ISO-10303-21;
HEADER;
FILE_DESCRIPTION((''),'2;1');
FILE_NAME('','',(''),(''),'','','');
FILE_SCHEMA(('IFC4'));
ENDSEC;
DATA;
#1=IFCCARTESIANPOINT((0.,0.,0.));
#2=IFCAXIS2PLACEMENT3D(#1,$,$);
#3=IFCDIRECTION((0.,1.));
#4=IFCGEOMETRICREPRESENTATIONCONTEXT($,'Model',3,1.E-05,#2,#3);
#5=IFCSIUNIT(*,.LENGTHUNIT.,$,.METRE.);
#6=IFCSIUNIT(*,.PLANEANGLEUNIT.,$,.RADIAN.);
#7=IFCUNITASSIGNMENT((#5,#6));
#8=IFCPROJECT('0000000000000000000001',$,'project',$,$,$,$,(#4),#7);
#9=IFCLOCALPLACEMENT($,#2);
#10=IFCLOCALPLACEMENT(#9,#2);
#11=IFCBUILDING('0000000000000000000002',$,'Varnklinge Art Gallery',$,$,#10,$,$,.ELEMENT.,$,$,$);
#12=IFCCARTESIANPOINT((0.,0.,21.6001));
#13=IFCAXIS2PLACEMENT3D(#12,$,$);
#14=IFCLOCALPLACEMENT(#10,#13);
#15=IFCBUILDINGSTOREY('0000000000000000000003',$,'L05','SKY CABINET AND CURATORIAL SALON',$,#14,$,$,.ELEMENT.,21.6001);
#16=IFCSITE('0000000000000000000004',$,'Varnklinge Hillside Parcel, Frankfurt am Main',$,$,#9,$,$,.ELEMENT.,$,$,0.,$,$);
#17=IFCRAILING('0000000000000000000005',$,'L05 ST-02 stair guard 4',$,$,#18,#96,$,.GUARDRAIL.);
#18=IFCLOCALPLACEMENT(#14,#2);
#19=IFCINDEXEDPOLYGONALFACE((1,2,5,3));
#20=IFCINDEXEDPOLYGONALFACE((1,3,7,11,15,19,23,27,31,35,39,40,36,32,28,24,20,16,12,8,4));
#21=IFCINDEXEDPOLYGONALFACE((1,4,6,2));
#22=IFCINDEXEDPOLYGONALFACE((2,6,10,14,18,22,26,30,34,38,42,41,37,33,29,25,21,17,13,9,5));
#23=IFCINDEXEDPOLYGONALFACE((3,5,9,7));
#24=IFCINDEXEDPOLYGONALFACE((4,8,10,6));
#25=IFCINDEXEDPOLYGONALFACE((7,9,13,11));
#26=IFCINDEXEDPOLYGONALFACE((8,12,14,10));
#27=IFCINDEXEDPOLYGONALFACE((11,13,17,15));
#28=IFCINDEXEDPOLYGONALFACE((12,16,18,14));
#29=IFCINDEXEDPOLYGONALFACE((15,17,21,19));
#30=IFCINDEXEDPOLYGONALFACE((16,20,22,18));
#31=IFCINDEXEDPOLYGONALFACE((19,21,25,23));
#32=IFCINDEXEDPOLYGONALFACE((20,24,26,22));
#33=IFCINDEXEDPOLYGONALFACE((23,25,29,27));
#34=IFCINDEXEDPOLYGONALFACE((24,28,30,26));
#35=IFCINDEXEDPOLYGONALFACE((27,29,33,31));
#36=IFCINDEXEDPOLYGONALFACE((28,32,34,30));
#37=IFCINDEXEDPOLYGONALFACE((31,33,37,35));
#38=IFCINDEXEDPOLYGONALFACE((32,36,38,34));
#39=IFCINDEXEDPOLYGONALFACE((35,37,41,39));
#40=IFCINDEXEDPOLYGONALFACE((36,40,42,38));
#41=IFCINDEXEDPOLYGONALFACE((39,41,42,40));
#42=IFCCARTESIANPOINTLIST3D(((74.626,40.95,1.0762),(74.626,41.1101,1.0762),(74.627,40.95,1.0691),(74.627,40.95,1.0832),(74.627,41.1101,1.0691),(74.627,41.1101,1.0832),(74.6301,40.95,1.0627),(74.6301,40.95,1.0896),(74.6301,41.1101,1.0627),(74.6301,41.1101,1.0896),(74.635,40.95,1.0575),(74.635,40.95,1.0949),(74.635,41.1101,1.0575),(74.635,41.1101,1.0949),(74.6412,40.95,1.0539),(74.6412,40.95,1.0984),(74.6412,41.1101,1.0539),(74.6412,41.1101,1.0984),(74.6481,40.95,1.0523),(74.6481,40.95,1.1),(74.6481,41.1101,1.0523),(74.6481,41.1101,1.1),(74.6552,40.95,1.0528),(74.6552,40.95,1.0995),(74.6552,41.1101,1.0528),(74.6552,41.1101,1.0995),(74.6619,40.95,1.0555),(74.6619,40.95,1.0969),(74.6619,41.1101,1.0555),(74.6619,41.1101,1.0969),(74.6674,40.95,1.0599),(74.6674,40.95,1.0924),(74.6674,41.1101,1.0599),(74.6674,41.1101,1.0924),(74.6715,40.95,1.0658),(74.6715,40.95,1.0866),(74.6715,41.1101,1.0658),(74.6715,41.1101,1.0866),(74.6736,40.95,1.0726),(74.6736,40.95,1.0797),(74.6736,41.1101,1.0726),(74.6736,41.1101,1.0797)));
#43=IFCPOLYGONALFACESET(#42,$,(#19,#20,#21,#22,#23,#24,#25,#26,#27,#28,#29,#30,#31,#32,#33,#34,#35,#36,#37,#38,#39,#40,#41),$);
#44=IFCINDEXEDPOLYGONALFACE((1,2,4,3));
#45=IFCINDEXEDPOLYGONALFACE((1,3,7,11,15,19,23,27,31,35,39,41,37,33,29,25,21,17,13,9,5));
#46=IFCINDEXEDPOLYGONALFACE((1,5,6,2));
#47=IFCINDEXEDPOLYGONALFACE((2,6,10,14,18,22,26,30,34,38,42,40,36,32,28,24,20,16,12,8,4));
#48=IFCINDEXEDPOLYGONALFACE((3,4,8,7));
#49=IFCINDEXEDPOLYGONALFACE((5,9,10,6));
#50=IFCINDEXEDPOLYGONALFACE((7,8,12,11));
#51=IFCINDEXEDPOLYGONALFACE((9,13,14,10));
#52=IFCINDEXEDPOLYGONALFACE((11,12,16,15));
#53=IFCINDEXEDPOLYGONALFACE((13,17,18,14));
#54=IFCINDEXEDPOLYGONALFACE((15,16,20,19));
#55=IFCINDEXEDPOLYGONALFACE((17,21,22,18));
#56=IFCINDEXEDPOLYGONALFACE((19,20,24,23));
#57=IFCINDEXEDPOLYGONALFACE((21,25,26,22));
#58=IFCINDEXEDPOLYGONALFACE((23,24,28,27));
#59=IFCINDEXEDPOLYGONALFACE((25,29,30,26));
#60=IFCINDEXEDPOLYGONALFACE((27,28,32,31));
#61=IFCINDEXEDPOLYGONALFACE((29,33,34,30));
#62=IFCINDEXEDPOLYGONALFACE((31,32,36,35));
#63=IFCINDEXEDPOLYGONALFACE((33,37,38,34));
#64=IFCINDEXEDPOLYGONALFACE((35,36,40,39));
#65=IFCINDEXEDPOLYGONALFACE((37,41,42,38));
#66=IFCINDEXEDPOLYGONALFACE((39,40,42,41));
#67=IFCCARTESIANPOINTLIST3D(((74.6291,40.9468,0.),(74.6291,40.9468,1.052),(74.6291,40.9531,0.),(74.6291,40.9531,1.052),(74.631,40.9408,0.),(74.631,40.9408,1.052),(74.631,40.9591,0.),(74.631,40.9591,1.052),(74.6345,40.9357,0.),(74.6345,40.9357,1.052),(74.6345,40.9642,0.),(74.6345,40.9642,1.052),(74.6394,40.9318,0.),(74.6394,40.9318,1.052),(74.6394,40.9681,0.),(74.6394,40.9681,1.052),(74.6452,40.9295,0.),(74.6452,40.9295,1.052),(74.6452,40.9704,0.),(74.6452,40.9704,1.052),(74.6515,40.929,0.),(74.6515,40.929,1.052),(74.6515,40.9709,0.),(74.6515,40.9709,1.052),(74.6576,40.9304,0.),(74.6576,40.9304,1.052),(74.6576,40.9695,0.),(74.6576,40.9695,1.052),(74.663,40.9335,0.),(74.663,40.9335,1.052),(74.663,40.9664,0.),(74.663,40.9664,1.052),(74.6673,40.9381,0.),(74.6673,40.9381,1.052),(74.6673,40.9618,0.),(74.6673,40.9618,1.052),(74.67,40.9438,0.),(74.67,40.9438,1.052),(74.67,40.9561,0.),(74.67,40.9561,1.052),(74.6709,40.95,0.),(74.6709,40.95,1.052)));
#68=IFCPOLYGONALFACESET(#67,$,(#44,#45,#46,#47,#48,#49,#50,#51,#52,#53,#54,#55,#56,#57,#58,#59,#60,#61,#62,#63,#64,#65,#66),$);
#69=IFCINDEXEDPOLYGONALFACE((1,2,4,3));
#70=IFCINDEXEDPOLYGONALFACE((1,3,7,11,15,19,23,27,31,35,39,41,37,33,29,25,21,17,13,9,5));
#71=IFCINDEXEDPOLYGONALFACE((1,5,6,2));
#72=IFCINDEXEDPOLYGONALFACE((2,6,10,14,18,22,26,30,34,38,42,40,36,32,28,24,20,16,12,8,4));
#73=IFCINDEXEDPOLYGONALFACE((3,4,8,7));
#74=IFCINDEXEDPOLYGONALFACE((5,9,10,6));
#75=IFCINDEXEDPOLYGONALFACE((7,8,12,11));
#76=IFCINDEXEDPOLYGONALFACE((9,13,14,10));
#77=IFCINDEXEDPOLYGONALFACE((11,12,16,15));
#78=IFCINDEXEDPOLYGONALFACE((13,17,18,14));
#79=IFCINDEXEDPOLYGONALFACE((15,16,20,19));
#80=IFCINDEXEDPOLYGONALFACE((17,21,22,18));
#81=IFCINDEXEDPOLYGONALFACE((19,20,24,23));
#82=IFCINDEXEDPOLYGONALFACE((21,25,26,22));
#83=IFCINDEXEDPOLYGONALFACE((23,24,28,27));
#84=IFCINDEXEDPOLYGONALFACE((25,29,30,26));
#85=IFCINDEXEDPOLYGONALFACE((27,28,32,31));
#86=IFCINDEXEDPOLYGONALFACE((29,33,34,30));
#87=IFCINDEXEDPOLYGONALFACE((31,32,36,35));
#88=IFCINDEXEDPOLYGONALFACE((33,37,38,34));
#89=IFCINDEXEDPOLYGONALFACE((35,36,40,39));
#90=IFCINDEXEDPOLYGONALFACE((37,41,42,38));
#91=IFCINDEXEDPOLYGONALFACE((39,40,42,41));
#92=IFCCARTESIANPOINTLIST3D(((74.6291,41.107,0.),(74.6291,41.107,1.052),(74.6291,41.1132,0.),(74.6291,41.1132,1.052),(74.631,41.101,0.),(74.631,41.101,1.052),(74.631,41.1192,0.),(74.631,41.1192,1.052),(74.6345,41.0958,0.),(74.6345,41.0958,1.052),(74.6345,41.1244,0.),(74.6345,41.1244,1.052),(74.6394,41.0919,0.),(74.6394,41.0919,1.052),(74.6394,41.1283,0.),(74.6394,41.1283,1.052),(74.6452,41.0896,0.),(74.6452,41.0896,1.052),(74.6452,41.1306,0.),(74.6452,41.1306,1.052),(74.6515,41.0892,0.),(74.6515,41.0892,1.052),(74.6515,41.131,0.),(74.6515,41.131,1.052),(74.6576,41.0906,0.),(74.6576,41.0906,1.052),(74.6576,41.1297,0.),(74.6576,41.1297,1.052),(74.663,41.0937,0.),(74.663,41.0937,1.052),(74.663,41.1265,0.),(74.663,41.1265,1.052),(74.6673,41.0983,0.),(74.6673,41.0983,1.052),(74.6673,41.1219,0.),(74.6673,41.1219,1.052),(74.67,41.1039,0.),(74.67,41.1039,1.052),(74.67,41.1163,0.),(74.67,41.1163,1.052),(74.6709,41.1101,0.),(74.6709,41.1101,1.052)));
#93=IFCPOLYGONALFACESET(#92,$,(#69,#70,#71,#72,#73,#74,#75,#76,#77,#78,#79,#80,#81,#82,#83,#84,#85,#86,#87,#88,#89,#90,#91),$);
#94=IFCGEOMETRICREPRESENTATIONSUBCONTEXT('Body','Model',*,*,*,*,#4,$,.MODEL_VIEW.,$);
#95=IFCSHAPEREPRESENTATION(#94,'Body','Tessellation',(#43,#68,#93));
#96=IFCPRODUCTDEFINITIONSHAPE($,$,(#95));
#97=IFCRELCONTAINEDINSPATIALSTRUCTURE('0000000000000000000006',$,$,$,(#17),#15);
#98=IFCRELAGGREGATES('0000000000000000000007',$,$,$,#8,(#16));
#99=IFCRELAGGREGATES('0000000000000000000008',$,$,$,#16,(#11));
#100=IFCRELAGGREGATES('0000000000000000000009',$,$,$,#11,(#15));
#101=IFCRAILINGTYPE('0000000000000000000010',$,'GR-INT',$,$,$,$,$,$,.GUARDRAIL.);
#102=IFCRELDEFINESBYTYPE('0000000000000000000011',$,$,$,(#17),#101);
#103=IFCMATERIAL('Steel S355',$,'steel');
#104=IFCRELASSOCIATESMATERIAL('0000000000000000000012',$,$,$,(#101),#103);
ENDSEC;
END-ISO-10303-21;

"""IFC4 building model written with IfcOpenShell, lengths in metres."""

from ifc_helpers import new_model, si_unit, direction, frame, origin, origin_2d, place, context, subcontext, project, spatial, circle, extrude, material, type_object, element, save


model = new_model("IFC4")

# Units and contexts
model_context = context("Model", 3, precision=1e-05, world=origin(), true_north=direction((0.0, 1.0)))
body_context = subcontext(model_context, "Body", "Model", "MODEL_VIEW")
ifc_project = project(units=[si_unit("LENGTHUNIT", "METRE"), si_unit("PLANEANGLEUNIT", "RADIAN")], contexts=[model_context])

# Site, building, storey
site_placement = place(None, origin())
site = spatial("IfcSite", under=ifc_project, at=site_placement, Name="Varnklinge Hillside Parcel, Frankfurt am Main", CompositionType="ELEMENT", RefElevation=0.0)
building_placement = place(site_placement, origin())
building = spatial("IfcBuilding", under=site, at=building_placement, Name="Varnklinge Art Gallery", CompositionType="ELEMENT")
storey_placement = place(building_placement, frame((0.0, 0.0, 21.6001)))
storey = spatial("IfcBuildingStorey", under=building, at=storey_placement, Name="L05", Description="SKY CABINET AND CURATORIAL SALON", CompositionType="ELEMENT", Elevation=21.6001)

# Railing
ifc_material_1 = material(Name="Steel S355", Category="steel")
railing_type_1 = type_object("IfcRailingType", Name="GR-INT", PredefinedType="GUARDRAIL", material=ifc_material_1)
railing_1_placement = place(storey_placement, frame((74.6499, 40.95, 0.0)))
element("IfcRailing", 1, at=railing_1_placement, inside=storey, type_object=railing_type_1, Name="L05 ST-02 stair guard 4", PredefinedType="GUARDRAIL", context=body_context, shape_type="SweptSolid", body=[
    extrude(circle(Radius=0.0239, at=origin_2d()), frame((0.0, 0.0, 1.0762), z_axis=(0.0, 1.0, 0.0), x_axis=(-1.0, 0.0, 0.0)), (0.0, 0.0, 1.0), 0.1602),
    extrude(circle(Radius=0.021, at=origin_2d()), origin(), (0.0, 0.0, 1.0), 1.052),
    extrude(circle(Radius=0.021, at=origin_2d()), frame((0.0, 0.1602, 0.0)), (0.0, 0.0, 1.0), 1.052),
])

save(model, "model.ifc")
